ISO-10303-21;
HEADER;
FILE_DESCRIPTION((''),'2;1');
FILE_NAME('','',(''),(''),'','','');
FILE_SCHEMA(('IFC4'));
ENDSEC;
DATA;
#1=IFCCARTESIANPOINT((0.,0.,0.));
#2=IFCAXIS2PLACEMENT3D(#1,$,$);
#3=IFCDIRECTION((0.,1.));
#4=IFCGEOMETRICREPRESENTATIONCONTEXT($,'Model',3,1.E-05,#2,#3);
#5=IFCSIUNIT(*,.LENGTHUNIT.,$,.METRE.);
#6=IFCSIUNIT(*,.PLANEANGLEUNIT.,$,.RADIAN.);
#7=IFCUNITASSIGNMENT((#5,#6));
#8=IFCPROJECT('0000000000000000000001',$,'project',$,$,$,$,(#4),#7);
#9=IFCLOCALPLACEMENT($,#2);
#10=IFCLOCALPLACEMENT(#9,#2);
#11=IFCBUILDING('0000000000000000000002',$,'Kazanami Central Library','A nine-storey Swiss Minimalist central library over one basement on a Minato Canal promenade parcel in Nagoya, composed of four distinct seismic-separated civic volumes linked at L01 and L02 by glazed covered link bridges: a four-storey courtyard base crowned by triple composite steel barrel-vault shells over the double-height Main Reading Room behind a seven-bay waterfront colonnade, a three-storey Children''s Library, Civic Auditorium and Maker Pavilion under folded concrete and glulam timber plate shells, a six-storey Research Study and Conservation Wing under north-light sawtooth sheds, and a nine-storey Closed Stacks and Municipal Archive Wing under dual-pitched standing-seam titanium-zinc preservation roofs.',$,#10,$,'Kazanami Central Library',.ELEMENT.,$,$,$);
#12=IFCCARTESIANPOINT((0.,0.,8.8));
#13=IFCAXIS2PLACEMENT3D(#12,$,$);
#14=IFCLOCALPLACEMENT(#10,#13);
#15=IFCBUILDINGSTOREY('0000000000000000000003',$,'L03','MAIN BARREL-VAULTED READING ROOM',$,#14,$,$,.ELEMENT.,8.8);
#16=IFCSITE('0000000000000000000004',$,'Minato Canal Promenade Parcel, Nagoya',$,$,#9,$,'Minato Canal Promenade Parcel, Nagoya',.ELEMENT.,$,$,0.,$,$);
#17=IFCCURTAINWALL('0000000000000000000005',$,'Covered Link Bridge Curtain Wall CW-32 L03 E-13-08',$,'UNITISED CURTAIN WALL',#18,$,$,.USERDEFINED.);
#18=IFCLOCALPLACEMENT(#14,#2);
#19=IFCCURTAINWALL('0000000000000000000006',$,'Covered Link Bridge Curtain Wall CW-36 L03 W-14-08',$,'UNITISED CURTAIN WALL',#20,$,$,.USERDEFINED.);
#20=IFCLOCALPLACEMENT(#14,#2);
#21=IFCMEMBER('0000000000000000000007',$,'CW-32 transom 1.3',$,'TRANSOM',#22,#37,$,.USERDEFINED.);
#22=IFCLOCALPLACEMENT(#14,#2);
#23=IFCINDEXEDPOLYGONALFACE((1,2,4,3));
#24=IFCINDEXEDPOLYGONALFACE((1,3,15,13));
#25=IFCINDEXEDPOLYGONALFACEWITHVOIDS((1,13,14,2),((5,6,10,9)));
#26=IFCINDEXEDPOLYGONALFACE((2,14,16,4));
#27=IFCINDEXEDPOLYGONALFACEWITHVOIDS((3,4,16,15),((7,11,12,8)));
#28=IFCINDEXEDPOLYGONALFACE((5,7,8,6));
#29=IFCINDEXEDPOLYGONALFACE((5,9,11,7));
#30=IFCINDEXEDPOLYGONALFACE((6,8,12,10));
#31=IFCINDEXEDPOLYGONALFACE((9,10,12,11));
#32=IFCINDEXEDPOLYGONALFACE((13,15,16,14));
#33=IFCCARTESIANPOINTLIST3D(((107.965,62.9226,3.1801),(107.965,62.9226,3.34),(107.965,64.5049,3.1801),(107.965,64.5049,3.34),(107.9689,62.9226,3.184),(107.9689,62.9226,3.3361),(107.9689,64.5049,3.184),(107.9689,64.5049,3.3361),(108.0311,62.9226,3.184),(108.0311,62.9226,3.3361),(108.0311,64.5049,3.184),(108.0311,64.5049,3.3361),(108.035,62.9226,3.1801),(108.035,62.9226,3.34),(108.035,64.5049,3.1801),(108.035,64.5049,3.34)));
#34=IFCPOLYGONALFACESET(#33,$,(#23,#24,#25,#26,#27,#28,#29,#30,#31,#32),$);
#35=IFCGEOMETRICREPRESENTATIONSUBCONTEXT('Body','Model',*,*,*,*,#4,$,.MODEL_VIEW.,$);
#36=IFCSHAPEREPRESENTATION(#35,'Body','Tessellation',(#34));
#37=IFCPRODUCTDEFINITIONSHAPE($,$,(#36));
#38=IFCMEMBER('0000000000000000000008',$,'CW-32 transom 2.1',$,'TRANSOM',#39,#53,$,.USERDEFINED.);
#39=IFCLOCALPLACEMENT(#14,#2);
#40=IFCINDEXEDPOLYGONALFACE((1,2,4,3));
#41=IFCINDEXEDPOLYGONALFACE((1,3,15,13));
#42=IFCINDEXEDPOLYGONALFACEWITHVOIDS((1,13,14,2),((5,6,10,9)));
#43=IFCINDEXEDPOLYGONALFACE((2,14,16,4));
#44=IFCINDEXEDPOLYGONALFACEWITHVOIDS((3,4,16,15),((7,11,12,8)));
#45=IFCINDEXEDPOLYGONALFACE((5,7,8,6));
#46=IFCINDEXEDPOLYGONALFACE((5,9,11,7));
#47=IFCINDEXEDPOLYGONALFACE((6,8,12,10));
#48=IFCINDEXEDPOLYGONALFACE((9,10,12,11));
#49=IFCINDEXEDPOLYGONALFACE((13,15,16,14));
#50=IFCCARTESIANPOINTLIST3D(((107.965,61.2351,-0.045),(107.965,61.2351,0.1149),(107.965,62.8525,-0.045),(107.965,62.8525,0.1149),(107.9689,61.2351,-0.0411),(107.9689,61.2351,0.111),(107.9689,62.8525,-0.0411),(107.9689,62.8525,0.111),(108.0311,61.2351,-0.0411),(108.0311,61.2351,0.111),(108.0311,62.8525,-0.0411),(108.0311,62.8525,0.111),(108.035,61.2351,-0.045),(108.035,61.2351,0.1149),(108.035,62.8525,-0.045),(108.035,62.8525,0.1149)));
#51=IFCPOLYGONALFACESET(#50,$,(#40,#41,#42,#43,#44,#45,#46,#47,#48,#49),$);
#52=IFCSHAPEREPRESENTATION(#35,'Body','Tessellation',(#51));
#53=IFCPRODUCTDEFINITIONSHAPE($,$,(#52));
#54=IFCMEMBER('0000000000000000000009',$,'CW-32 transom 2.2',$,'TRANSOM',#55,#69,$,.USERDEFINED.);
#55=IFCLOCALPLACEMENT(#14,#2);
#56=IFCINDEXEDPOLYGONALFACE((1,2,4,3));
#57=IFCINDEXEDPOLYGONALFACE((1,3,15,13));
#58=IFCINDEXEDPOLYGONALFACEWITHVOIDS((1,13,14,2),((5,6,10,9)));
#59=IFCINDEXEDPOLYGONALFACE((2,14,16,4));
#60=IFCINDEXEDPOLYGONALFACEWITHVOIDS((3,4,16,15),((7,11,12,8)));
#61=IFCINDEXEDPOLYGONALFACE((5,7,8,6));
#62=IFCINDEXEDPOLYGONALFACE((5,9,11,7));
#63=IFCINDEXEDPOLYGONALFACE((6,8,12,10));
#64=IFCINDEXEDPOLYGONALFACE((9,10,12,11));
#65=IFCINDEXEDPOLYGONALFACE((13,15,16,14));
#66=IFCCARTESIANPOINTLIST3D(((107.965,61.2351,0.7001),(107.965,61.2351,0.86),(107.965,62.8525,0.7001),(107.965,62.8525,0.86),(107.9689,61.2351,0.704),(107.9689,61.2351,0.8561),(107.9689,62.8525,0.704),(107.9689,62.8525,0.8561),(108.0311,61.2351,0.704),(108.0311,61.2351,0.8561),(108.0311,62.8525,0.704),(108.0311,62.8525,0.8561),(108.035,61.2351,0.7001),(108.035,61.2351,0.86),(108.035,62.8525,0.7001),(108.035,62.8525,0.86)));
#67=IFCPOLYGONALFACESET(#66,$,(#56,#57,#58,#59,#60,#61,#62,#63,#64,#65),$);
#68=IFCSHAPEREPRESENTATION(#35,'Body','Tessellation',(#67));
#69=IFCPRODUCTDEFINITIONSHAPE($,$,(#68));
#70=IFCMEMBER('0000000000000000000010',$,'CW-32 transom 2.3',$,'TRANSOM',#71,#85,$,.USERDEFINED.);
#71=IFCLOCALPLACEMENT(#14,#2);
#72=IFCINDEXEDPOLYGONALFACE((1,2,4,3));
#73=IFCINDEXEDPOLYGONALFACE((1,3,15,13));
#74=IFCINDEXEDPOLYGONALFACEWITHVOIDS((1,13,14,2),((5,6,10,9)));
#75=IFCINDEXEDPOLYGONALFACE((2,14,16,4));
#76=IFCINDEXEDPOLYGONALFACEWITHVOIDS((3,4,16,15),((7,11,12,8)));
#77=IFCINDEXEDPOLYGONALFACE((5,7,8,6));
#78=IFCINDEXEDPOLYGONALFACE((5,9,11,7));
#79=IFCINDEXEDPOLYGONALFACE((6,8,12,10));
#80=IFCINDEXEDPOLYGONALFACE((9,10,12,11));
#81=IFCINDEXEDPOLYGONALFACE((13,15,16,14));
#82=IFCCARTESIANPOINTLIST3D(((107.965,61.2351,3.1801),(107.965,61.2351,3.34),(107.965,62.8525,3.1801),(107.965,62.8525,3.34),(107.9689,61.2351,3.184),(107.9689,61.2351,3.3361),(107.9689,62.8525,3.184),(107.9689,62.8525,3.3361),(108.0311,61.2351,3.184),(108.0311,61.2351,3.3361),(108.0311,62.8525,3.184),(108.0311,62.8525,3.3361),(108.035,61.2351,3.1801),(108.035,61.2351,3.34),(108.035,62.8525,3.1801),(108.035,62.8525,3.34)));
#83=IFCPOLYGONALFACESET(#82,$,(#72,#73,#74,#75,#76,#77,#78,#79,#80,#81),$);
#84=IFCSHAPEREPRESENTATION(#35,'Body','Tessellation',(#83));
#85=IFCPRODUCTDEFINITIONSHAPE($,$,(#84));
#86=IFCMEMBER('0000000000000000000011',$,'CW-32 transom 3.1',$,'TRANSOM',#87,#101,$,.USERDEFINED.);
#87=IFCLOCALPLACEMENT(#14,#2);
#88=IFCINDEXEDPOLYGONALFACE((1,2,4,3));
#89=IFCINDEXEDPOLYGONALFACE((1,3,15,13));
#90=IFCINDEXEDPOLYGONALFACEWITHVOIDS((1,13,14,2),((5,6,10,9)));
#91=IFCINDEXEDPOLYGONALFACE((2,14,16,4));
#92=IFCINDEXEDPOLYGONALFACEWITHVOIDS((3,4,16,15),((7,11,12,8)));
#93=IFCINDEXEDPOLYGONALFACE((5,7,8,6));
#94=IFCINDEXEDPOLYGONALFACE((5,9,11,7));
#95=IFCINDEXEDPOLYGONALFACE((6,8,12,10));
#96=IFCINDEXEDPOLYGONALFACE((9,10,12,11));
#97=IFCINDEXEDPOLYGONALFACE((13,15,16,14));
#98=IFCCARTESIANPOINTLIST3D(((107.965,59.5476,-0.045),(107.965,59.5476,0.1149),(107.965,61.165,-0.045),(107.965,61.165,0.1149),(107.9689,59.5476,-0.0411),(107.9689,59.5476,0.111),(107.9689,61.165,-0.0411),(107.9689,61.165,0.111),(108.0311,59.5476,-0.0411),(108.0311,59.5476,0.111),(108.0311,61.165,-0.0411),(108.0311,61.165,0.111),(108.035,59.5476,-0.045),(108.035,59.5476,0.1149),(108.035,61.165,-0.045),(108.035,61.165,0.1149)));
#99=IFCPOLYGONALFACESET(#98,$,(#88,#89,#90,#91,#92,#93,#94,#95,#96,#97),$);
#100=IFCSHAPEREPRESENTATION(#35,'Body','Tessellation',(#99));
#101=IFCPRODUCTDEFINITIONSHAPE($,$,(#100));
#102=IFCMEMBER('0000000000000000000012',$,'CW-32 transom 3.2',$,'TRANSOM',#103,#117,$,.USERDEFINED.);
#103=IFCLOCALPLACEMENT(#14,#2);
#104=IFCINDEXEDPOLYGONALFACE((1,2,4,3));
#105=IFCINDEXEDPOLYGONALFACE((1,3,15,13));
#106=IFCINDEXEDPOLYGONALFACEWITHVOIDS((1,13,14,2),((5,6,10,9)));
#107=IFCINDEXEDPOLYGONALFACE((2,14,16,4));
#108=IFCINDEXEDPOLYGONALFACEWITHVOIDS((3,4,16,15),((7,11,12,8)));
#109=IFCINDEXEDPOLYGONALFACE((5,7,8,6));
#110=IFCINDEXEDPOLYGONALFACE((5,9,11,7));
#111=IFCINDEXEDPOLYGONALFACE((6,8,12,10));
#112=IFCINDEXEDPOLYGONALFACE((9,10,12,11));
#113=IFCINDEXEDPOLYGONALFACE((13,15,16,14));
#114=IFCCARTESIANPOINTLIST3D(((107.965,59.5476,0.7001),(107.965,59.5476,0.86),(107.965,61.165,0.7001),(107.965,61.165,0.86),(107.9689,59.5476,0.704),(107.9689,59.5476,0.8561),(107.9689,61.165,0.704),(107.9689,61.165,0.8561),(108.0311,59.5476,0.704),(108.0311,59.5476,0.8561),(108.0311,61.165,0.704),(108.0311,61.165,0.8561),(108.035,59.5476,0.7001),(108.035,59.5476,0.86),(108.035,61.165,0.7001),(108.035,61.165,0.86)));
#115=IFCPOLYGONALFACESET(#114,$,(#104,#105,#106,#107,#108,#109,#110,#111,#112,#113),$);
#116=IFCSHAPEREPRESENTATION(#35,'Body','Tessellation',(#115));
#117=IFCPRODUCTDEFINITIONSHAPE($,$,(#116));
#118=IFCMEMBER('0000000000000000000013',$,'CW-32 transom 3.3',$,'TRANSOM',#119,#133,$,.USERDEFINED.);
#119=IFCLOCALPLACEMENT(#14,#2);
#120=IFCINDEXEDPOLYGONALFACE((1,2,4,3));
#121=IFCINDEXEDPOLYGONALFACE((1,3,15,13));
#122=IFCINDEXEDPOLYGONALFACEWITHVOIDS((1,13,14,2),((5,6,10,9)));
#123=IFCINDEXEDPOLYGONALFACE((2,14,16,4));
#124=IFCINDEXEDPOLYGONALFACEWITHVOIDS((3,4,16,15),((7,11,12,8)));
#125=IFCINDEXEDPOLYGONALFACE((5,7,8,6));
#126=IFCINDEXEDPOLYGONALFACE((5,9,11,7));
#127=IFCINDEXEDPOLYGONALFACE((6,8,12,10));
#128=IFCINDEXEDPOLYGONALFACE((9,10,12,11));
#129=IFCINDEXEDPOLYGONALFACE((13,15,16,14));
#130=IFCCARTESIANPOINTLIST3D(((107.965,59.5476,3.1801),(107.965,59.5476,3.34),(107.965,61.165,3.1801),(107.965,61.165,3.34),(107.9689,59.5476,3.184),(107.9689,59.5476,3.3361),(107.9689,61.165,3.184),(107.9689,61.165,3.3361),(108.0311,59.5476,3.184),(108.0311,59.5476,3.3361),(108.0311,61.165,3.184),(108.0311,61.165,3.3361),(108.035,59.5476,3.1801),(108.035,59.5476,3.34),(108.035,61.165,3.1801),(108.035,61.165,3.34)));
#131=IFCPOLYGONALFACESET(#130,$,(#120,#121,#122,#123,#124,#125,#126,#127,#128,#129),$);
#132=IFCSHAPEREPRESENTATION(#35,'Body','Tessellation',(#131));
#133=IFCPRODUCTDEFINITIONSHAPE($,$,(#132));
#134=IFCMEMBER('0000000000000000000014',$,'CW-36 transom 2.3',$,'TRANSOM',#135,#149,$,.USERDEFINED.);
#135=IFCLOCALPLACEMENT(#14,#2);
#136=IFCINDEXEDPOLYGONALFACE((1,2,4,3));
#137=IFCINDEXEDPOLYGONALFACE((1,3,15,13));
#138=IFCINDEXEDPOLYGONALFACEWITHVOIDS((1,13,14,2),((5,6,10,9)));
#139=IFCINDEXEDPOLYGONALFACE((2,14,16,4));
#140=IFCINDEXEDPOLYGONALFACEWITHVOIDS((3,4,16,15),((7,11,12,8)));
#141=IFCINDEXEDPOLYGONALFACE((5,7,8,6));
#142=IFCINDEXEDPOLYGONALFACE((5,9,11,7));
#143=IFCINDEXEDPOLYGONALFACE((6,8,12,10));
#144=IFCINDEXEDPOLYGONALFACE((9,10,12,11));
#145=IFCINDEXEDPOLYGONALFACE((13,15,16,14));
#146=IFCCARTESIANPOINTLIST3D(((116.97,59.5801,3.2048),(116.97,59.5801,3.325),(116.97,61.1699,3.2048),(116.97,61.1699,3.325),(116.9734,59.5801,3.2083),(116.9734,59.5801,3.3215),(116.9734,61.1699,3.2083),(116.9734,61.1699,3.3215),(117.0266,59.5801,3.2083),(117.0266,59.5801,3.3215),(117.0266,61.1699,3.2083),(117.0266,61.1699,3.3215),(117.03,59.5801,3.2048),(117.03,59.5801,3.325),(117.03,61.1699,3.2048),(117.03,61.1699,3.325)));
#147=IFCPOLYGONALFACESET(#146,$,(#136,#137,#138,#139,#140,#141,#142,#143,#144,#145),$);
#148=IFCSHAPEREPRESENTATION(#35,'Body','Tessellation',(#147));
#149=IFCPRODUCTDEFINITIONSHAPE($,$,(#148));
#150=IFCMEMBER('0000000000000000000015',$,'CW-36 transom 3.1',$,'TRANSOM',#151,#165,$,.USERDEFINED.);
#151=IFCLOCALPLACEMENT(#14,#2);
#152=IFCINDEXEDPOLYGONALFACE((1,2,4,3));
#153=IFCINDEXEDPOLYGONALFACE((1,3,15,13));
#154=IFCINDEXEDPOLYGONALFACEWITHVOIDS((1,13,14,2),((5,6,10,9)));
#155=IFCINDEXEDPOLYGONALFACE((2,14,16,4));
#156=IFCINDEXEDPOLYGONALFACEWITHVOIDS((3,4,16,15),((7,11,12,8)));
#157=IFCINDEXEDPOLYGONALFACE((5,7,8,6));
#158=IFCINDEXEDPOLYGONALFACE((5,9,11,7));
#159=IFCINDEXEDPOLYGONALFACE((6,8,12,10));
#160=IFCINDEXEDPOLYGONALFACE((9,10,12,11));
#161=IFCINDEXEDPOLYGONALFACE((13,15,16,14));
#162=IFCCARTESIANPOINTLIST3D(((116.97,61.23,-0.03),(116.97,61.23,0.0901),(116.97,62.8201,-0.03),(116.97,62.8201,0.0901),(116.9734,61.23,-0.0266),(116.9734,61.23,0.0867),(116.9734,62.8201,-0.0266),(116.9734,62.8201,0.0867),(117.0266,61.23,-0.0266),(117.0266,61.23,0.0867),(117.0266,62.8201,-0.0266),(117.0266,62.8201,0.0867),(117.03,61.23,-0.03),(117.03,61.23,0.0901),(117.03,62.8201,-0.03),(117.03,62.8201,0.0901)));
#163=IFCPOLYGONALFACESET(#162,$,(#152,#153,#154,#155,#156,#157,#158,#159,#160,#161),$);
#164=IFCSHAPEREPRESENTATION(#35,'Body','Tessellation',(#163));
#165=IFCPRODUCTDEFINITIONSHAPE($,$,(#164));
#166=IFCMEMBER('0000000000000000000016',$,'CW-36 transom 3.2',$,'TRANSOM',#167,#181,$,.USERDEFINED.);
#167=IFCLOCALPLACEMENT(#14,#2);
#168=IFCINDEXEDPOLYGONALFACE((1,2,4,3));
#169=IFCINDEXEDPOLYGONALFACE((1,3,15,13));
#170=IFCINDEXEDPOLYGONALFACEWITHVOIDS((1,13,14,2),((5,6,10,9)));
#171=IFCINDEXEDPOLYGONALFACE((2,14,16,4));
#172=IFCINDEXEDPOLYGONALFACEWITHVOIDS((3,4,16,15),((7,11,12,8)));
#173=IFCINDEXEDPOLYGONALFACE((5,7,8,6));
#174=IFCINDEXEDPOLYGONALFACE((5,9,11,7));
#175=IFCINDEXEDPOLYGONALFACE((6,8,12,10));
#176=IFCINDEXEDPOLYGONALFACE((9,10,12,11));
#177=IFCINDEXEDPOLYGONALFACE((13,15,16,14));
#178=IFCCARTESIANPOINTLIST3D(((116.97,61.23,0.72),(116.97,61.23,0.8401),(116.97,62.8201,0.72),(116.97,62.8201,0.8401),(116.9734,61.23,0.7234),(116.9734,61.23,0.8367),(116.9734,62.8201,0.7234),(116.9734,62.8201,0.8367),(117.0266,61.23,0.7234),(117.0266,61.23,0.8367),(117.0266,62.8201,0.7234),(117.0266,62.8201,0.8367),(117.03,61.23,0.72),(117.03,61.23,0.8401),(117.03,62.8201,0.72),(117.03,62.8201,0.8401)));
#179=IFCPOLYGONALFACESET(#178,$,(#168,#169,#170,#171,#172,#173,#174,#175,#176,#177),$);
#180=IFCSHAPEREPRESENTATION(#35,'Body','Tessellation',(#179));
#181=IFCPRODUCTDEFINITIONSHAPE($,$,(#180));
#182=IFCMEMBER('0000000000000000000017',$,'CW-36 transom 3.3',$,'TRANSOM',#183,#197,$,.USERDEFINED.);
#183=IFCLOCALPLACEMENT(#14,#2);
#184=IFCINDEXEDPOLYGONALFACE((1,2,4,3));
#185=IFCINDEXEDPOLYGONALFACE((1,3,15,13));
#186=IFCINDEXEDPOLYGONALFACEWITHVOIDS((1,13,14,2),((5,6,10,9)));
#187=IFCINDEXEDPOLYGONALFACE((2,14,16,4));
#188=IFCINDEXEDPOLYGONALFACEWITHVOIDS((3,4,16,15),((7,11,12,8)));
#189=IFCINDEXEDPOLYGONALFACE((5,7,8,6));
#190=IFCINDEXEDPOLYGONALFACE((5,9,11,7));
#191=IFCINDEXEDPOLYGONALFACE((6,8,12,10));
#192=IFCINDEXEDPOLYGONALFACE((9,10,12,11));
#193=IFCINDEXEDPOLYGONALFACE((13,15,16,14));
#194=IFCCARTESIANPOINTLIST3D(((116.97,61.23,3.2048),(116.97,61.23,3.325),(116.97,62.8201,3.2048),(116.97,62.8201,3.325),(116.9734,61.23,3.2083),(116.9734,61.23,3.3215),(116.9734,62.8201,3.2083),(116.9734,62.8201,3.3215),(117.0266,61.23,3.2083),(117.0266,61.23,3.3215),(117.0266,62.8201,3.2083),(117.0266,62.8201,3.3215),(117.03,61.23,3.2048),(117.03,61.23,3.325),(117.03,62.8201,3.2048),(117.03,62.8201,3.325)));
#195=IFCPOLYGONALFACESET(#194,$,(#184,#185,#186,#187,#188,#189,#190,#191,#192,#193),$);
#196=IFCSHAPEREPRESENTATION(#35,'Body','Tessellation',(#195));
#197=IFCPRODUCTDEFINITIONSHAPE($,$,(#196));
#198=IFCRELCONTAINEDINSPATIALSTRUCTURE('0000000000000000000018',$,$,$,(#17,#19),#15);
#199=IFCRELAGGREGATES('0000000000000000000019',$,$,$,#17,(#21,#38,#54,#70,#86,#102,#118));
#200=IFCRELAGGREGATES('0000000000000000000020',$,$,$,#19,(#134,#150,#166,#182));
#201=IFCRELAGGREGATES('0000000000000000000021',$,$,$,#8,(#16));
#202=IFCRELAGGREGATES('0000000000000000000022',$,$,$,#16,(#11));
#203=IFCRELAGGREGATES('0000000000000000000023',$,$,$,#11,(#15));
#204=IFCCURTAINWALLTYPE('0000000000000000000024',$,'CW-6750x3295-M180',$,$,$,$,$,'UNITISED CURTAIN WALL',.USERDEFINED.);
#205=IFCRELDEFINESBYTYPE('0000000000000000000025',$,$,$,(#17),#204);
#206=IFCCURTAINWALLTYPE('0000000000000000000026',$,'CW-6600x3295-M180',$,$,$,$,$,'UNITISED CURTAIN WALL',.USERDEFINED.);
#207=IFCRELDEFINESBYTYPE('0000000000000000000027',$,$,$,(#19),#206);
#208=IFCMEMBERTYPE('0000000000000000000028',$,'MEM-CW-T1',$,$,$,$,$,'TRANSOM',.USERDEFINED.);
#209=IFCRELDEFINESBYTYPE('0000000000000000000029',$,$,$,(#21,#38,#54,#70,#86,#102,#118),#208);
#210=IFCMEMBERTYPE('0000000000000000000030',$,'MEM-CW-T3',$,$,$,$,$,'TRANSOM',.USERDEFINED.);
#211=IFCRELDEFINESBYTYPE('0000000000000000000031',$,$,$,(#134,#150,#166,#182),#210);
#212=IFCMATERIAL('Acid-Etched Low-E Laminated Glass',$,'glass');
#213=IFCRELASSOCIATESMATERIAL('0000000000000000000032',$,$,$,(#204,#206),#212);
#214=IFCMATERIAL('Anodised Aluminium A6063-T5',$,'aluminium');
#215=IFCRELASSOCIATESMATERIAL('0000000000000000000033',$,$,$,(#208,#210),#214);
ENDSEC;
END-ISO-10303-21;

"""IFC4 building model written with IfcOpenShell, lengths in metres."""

from ifc_helpers import new_model, si_unit, direction, frame, origin, origin_2d, place, context, subcontext, project, spatial, hollow_rectangle, extrude, material, material_profile, profile_set, type_object, element, aggregate, save


model = new_model("IFC4")

# Units and contexts
model_context = context("Model", 3, precision=1e-05, world=origin(), true_north=direction((0.0, 1.0)))
body_context = subcontext(model_context, "Body", "Model", "MODEL_VIEW")
ifc_project = project(units=[si_unit("LENGTHUNIT", "METRE"), si_unit("PLANEANGLEUNIT", "RADIAN")], contexts=[model_context])

# Site, building, storey
site_placement = place(None, origin())
site = spatial("IfcSite", under=ifc_project, at=site_placement, Name="Minato Canal Promenade Parcel, Nagoya", LongName="Minato Canal Promenade Parcel, Nagoya", CompositionType="ELEMENT", RefElevation=0.0)
building_placement = place(site_placement, origin())
building = spatial("IfcBuilding", under=site, at=building_placement, Name="Kazanami Central Library", Description="A nine-storey Swiss Minimalist central library over one basement on a Minato Canal promenade parcel in Nagoya, composed of four distinct seismic-separated civic volumes linked at L01 and L02 by glazed covered link bridges: a four-storey courtyard base crowned by triple composite steel barrel-vault shells over the double-height Main Reading Room behind a seven-bay waterfront colonnade, a three-storey Children's Library, Civic Auditorium and Maker Pavilion under folded concrete and glulam timber plate shells, a six-storey Research Study and Conservation Wing under north-light sawtooth sheds, and a nine-storey Closed Stacks and Municipal Archive Wing under dual-pitched standing-seam titanium-zinc preservation roofs.", LongName="Kazanami Central Library", CompositionType="ELEMENT")
storey_placement = place(building_placement, frame((0.0, 0.0, 8.8)))
storey = spatial("IfcBuildingStorey", under=building, at=storey_placement, Name="L03", Description="MAIN BARREL-VAULTED READING ROOM", CompositionType="ELEMENT", Elevation=8.8)

# Curtain wall
ifc_material_1 = material(Name="Acid-Etched Low-E Laminated Glass", Category="glass")
curtain_wall_type_1 = type_object("IfcCurtainWallType", Name="CW-6750x3295-M180", ElementType="UNITISED CURTAIN WALL", PredefinedType="USERDEFINED", material=ifc_material_1)
curtain_wall_1_placement = place(storey_placement, origin())
curtain_wall_1 = element("IfcCurtainWall", 1, at=curtain_wall_1_placement, inside=storey, type_object=curtain_wall_type_1, Name="Covered Link Bridge Curtain Wall CW-32 L03 E-13-08", ObjectType="UNITISED CURTAIN WALL", PredefinedType="USERDEFINED")
ifc_material_2 = material(Name="Anodised Aluminium A6063-T5", Category="aluminium")

# Curtain wall
curtain_wall_type_2 = type_object("IfcCurtainWallType", Name="CW-6600x3295-M180", ElementType="UNITISED CURTAIN WALL", PredefinedType="USERDEFINED", material=ifc_material_1)
curtain_wall_2_placement = place(storey_placement, origin())
curtain_wall_2 = element("IfcCurtainWall", 2, at=curtain_wall_2_placement, inside=storey, type_object=curtain_wall_type_2, Name="Covered Link Bridge Curtain Wall CW-36 L03 W-14-08", ObjectType="UNITISED CURTAIN WALL", PredefinedType="USERDEFINED")

# Members
ifc_material_profile_1 = material_profile(ifc_material_2, hollow_rectangle(XDim=0.0701, YDim=0.1599, WallThickness=0.0039, at=origin_2d()), Name="ALU-TRAN-70x160x4")
ifc_profile_set_1 = profile_set([ifc_material_profile_1], Name="Anodised Aluminium A6063-T5")
member_type_1 = type_object("IfcMemberType", Name="MEM-CW-T1", ElementType="TRANSOM", PredefinedType="USERDEFINED", material=ifc_profile_set_1)
member_1_placement = place(storey_placement, frame((108.0, 64.5049, 3.26), z_axis=(0.0, -1.0, 0.0), x_axis=(1.0, 0.0, 0.0)))
member_1 = element("IfcMember", 3, at=member_1_placement, type_object=member_type_1, Name="CW-32 transom 1.3", ObjectType="TRANSOM", PredefinedType="USERDEFINED", context=body_context, shape_type="SweptSolid", body=[
    extrude(hollow_rectangle(XDim=0.0701, YDim=0.1599, WallThickness=0.0039, at=origin_2d()), origin(), (0.0, 0.0, 1.0), 1.5823),
])
member_2_placement = place(storey_placement, frame((108.0, 62.8525, 0.0349), z_axis=(0.0, -1.0, 0.0), x_axis=(1.0, 0.0, 0.0)))
member_2 = element("IfcMember", 4, at=member_2_placement, type_object=member_type_1, Name="CW-32 transom 2.1", ObjectType="TRANSOM", PredefinedType="USERDEFINED", context=body_context, shape_type="SweptSolid", body=[
    extrude(hollow_rectangle(XDim=0.0701, YDim=0.1599, WallThickness=0.0039, at=origin_2d()), origin(), (0.0, 0.0, 1.0), 1.6174),
])
member_3_placement = place(storey_placement, frame((108.0, 62.8525, 0.78), z_axis=(0.0, -1.0, 0.0), x_axis=(1.0, 0.0, 0.0)))
member_3 = element("IfcMember", 5, at=member_3_placement, type_object=member_type_1, Name="CW-32 transom 2.2", ObjectType="TRANSOM", PredefinedType="USERDEFINED", context=body_context, shape_type="SweptSolid", body=[
    extrude(hollow_rectangle(XDim=0.0701, YDim=0.1599, WallThickness=0.0039, at=origin_2d()), origin(), (0.0, 0.0, 1.0), 1.6174),
])
member_4_placement = place(storey_placement, frame((108.0, 62.8525, 3.26), z_axis=(0.0, -1.0, 0.0), x_axis=(1.0, 0.0, 0.0)))
member_4 = element("IfcMember", 6, at=member_4_placement, type_object=member_type_1, Name="CW-32 transom 2.3", ObjectType="TRANSOM", PredefinedType="USERDEFINED", context=body_context, shape_type="SweptSolid", body=[
    extrude(hollow_rectangle(XDim=0.0701, YDim=0.1599, WallThickness=0.0039, at=origin_2d()), origin(), (0.0, 0.0, 1.0), 1.6174),
])
member_5_placement = place(storey_placement, frame((108.0, 61.165, 0.0349), z_axis=(0.0, -1.0, 0.0), x_axis=(1.0, 0.0, 0.0)))
member_5 = element("IfcMember", 7, at=member_5_placement, type_object=member_type_1, Name="CW-32 transom 3.1", ObjectType="TRANSOM", PredefinedType="USERDEFINED", context=body_context, shape_type="SweptSolid", body=[
    extrude(hollow_rectangle(XDim=0.0701, YDim=0.1599, WallThickness=0.0039, at=origin_2d()), origin(), (0.0, 0.0, 1.0), 1.6174),
])
member_6_placement = place(storey_placement, frame((108.0, 61.165, 0.78), z_axis=(0.0, -1.0, 0.0), x_axis=(1.0, 0.0, 0.0)))
member_6 = element("IfcMember", 8, at=member_6_placement, type_object=member_type_1, Name="CW-32 transom 3.2", ObjectType="TRANSOM", PredefinedType="USERDEFINED", context=body_context, shape_type="SweptSolid", body=[
    extrude(hollow_rectangle(XDim=0.0701, YDim=0.1599, WallThickness=0.0039, at=origin_2d()), origin(), (0.0, 0.0, 1.0), 1.6174),
])
member_7_placement = place(storey_placement, frame((108.0, 61.165, 3.26), z_axis=(0.0, -1.0, 0.0), x_axis=(1.0, 0.0, 0.0)))
member_7 = element("IfcMember", 9, at=member_7_placement, type_object=member_type_1, Name="CW-32 transom 3.3", ObjectType="TRANSOM", PredefinedType="USERDEFINED", context=body_context, shape_type="SweptSolid", body=[
    extrude(hollow_rectangle(XDim=0.0701, YDim=0.1599, WallThickness=0.0039, at=origin_2d()), origin(), (0.0, 0.0, 1.0), 1.6174),
])
ifc_material_profile_2 = material_profile(ifc_material_2, hollow_rectangle(XDim=0.0601, YDim=0.1201, WallThickness=0.0034, at=origin_2d()), Name="ALU-TRAN-60x120x3.5")
ifc_profile_set_2 = profile_set([ifc_material_profile_2], Name="Anodised Aluminium A6063-T5")
member_type_2 = type_object("IfcMemberType", Name="MEM-CW-T3", ElementType="TRANSOM", PredefinedType="USERDEFINED", material=ifc_profile_set_2)
member_8_placement = place(storey_placement, frame((117.0, 59.5801, 3.2649), z_axis=(0.0, 1.0, 0.0), x_axis=(-1.0, 0.0, 0.0)))
member_8 = element("IfcMember", 10, at=member_8_placement, type_object=member_type_2, Name="CW-36 transom 2.3", ObjectType="TRANSOM", PredefinedType="USERDEFINED", context=body_context, shape_type="SweptSolid", body=[
    extrude(hollow_rectangle(XDim=0.0601, YDim=0.1201, WallThickness=0.0034, at=origin_2d()), origin(), (0.0, 0.0, 1.0), 1.5898),
])
member_9_placement = place(storey_placement, frame((117.0, 61.23, 0.03), z_axis=(0.0, 1.0, 0.0), x_axis=(-1.0, 0.0, 0.0)))
member_9 = element("IfcMember", 11, at=member_9_placement, type_object=member_type_2, Name="CW-36 transom 3.1", ObjectType="TRANSOM", PredefinedType="USERDEFINED", context=body_context, shape_type="SweptSolid", body=[
    extrude(hollow_rectangle(XDim=0.0601, YDim=0.1201, WallThickness=0.0034, at=origin_2d()), origin(), (0.0, 0.0, 1.0), 1.5901),
])
member_10_placement = place(storey_placement, frame((117.0, 61.23, 0.78), z_axis=(0.0, 1.0, 0.0), x_axis=(-1.0, 0.0, 0.0)))
member_10 = element("IfcMember", 12, at=member_10_placement, type_object=member_type_2, Name="CW-36 transom 3.2", ObjectType="TRANSOM", PredefinedType="USERDEFINED", context=body_context, shape_type="SweptSolid", body=[
    extrude(hollow_rectangle(XDim=0.0601, YDim=0.1201, WallThickness=0.0034, at=origin_2d()), origin(), (0.0, 0.0, 1.0), 1.5901),
])
member_11_placement = place(storey_placement, frame((117.0, 61.23, 3.2649), z_axis=(0.0, 1.0, 0.0), x_axis=(-1.0, 0.0, 0.0)))
member_11 = element("IfcMember", 13, at=member_11_placement, type_object=member_type_2, Name="CW-36 transom 3.3", ObjectType="TRANSOM", PredefinedType="USERDEFINED", context=body_context, shape_type="SweptSolid", body=[
    extrude(hollow_rectangle(XDim=0.0601, YDim=0.1201, WallThickness=0.0034, at=origin_2d()), origin(), (0.0, 0.0, 1.0), 1.5901),
])

aggregate(curtain_wall_1, [member_1, member_2, member_3, member_4, member_5, member_6, member_7])
aggregate(curtain_wall_2, [member_8, member_9, member_10, member_11])

save(model, "model.ifc")
